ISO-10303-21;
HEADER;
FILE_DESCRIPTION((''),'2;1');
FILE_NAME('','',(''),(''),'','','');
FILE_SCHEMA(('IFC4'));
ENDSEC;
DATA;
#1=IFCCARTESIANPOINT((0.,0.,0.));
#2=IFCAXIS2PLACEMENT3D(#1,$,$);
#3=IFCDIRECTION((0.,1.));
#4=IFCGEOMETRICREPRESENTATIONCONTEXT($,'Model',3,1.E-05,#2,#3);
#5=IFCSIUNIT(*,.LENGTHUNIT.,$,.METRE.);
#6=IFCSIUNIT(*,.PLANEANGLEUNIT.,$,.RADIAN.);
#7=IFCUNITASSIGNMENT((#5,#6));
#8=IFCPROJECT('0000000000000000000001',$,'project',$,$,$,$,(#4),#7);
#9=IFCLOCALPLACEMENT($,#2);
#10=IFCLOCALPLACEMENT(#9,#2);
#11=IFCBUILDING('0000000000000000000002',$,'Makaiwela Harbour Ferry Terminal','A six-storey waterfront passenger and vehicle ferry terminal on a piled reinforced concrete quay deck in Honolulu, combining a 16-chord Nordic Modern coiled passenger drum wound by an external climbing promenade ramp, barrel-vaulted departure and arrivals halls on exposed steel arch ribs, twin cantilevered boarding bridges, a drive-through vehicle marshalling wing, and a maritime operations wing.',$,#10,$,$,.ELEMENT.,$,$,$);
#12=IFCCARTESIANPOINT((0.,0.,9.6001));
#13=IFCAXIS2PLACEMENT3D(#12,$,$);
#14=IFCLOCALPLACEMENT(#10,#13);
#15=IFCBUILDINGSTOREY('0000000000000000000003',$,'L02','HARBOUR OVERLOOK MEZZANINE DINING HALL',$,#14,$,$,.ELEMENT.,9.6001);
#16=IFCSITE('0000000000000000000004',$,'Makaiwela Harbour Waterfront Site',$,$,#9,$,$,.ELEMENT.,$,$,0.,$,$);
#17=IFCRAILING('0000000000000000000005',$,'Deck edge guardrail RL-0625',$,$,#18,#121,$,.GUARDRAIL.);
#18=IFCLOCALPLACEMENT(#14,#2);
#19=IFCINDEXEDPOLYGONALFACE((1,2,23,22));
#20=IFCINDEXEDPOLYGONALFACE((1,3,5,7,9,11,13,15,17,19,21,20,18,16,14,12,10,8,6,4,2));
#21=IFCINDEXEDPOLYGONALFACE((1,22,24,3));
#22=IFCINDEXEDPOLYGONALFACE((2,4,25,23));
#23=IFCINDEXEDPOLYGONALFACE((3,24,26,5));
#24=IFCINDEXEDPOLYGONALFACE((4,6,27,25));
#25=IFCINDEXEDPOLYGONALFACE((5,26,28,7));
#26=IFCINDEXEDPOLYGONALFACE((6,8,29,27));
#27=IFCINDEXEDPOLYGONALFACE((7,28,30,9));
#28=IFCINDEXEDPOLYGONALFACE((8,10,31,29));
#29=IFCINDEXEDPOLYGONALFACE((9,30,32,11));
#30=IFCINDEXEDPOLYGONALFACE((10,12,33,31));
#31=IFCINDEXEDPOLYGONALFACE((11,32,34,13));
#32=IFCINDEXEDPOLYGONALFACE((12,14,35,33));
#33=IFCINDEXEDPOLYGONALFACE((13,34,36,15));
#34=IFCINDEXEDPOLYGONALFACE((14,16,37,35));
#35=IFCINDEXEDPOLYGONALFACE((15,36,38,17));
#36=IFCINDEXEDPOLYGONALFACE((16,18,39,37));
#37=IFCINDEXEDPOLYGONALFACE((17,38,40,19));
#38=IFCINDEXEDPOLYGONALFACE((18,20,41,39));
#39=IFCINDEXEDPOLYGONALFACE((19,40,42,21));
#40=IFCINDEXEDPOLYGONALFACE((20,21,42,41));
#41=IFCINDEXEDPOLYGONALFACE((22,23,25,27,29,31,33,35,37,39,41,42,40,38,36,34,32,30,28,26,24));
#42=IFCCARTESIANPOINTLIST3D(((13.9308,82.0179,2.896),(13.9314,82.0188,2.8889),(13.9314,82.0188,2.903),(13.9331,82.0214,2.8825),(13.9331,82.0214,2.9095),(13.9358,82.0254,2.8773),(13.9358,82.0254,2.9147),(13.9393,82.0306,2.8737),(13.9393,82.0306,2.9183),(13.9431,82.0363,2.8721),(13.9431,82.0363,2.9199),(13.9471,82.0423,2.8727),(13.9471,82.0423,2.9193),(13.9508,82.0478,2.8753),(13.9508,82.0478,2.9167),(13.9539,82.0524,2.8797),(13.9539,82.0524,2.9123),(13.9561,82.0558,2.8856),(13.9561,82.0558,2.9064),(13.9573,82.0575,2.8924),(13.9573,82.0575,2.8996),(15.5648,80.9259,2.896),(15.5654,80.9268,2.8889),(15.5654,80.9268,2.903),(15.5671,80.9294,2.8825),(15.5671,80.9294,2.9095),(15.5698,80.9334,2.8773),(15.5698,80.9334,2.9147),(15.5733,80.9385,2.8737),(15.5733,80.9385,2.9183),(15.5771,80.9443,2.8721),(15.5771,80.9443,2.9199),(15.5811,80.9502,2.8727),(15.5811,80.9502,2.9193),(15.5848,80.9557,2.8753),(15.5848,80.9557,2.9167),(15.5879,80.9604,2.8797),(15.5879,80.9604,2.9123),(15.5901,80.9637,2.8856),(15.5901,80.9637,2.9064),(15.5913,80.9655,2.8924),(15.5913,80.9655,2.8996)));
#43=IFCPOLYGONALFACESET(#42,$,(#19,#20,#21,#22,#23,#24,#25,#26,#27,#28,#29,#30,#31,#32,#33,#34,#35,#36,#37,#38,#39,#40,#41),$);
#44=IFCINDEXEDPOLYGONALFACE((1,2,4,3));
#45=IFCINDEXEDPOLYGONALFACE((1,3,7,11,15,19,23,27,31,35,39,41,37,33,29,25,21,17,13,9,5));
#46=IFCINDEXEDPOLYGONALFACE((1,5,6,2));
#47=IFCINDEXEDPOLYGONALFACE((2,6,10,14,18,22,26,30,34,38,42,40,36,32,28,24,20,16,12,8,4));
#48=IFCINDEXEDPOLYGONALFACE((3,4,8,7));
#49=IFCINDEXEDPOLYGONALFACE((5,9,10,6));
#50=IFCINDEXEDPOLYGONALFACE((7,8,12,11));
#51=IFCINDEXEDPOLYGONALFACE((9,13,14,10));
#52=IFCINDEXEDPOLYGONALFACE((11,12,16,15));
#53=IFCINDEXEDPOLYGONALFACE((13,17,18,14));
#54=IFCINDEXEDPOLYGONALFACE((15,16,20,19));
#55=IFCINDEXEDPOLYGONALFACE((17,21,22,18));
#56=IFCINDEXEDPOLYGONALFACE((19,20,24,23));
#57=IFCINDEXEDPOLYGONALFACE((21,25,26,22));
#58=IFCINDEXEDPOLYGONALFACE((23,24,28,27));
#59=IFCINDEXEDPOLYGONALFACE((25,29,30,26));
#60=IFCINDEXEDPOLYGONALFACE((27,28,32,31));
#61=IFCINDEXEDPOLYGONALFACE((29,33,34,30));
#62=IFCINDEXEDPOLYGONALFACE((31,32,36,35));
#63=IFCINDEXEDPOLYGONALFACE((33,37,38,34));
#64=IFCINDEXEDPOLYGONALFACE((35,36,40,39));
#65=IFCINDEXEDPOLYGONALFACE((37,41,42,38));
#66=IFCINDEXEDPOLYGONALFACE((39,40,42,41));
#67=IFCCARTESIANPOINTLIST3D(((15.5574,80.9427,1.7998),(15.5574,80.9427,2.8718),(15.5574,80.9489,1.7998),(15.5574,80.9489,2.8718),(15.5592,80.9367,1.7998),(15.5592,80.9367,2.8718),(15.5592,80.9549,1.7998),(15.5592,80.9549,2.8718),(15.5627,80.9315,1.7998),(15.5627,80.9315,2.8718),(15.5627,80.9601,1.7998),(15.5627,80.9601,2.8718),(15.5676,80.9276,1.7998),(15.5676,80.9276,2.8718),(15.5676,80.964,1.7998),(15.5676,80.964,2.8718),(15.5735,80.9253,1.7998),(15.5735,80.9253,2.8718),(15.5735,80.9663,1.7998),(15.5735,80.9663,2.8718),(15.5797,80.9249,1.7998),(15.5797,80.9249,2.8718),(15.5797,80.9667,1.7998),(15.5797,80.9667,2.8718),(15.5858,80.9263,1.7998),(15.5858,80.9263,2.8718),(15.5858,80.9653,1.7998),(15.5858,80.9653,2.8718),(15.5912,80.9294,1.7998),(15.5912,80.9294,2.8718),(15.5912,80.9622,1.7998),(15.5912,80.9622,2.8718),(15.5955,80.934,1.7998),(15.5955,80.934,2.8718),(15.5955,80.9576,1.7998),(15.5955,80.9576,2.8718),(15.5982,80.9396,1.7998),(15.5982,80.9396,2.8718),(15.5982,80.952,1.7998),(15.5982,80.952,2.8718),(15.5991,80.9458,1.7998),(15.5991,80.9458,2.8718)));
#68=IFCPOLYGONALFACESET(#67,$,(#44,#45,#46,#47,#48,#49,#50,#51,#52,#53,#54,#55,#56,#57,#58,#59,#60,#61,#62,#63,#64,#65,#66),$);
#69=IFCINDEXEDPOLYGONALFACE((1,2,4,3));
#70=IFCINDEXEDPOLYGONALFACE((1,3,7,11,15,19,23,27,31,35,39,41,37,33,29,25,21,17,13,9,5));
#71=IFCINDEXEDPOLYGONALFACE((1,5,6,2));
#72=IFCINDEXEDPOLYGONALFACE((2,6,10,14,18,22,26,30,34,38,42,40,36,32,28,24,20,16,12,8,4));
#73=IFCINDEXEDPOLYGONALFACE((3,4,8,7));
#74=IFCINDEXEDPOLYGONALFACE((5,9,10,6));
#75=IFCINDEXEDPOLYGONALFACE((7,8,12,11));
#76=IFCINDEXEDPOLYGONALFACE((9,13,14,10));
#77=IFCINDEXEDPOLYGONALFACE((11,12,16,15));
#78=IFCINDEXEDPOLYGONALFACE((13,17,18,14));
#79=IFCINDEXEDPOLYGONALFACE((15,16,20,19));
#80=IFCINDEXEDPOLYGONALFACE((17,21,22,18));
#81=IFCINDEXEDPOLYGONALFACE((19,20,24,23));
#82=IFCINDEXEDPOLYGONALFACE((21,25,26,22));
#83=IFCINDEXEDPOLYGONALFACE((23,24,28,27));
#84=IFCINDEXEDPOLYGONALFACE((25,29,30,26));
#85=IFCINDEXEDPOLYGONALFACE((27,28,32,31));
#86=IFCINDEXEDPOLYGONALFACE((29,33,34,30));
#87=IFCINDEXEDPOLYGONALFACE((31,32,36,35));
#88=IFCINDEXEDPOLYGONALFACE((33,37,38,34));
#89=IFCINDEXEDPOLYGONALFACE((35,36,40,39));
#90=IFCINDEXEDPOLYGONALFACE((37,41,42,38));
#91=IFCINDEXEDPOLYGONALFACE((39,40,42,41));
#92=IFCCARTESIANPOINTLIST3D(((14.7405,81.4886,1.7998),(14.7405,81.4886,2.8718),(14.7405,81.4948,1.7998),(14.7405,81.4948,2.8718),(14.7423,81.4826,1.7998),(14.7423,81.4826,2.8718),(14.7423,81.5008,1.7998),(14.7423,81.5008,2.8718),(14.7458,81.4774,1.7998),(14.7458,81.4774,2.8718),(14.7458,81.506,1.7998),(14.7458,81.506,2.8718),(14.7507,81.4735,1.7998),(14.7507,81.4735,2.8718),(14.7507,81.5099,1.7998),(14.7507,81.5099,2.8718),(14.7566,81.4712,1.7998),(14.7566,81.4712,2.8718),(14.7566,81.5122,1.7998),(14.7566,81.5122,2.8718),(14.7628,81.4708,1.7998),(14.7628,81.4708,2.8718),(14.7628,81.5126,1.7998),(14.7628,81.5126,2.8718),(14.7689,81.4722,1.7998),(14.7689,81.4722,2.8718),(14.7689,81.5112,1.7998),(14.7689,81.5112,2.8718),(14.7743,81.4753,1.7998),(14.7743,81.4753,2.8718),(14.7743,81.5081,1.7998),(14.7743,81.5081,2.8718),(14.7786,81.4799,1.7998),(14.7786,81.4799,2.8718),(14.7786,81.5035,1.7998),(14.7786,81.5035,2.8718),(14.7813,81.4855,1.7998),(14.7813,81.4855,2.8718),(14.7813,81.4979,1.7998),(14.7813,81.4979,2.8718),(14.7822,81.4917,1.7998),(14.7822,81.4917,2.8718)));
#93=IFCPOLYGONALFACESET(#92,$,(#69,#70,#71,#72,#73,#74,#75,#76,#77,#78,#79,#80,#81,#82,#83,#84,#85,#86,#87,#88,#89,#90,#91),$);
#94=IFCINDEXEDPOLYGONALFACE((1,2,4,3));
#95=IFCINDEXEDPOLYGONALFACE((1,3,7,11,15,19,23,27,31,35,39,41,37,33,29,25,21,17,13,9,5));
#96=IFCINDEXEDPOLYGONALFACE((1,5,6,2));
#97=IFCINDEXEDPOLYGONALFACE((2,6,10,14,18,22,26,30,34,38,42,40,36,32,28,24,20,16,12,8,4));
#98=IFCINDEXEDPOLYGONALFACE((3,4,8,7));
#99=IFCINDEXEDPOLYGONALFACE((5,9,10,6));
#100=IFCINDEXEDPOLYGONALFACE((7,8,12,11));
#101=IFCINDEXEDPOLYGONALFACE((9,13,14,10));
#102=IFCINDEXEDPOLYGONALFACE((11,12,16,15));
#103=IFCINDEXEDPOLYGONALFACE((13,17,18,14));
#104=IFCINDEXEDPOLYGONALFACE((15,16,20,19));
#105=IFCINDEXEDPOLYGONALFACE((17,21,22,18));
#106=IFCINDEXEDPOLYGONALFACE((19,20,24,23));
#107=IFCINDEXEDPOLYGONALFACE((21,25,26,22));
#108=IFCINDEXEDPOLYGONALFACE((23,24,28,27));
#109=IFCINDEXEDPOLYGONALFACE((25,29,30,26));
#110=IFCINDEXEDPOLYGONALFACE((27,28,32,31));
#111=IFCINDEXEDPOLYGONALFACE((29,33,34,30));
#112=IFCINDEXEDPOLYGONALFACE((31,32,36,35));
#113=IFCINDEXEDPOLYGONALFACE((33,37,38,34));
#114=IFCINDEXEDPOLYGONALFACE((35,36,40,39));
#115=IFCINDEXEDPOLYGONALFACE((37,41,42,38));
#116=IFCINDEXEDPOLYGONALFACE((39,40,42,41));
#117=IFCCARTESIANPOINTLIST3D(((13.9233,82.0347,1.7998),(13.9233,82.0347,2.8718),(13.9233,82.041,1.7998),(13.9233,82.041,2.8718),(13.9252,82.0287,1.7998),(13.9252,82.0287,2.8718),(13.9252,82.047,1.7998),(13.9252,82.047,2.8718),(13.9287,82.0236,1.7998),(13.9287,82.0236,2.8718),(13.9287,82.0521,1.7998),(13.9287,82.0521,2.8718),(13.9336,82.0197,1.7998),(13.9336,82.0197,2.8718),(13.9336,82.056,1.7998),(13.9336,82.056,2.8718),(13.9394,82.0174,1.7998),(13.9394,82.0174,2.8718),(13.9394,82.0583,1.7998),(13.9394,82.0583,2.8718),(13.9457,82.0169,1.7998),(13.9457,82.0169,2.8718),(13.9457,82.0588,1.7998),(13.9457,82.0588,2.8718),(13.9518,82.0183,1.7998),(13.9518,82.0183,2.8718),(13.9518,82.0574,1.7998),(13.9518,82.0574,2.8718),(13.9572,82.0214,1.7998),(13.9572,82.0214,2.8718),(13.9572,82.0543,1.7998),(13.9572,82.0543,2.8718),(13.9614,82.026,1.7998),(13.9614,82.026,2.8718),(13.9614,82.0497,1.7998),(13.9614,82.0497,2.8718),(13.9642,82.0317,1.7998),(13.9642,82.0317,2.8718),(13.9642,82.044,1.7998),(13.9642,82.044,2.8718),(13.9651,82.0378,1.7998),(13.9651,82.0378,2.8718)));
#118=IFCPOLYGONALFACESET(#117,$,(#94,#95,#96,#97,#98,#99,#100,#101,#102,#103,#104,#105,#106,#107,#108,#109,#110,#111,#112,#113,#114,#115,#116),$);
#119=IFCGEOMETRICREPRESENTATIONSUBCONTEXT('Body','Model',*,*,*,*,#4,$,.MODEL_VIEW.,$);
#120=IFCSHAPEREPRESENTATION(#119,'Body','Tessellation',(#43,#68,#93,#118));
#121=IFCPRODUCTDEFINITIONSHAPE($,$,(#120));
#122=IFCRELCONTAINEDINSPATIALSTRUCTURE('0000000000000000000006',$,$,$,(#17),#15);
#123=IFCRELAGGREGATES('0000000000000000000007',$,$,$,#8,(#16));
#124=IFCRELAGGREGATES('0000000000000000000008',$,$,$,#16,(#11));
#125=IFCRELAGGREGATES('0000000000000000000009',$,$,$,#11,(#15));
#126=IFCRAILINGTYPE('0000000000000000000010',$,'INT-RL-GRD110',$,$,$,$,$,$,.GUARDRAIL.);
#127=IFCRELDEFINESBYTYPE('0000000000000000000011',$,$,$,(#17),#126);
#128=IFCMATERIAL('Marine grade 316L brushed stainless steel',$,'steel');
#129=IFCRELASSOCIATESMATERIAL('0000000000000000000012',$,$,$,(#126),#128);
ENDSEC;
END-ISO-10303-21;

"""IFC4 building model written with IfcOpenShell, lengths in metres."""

from ifc_helpers import new_model, si_unit, direction, frame, origin, origin_2d, place, context, subcontext, project, spatial, circle, extrude, material, type_object, element, save


model = new_model("IFC4")

# Units and contexts
model_context = context("Model", 3, precision=1e-05, world=origin(), true_north=direction((0.0, 1.0)))
body_context = subcontext(model_context, "Body", "Model", "MODEL_VIEW")
ifc_project = project(units=[si_unit("LENGTHUNIT", "METRE"), si_unit("PLANEANGLEUNIT", "RADIAN")], contexts=[model_context])

# Site, building, storey
site_placement = place(None, origin())
site = spatial("IfcSite", under=ifc_project, at=site_placement, Name="Makaiwela Harbour Waterfront Site", CompositionType="ELEMENT", RefElevation=0.0)
building_placement = place(site_placement, origin())
building = spatial("IfcBuilding", under=site, at=building_placement, Name="Makaiwela Harbour Ferry Terminal", Description="A six-storey waterfront passenger and vehicle ferry terminal on a piled reinforced concrete quay deck in Honolulu, combining a 16-chord Nordic Modern coiled passenger drum wound by an external climbing promenade ramp, barrel-vaulted departure and arrivals halls on exposed steel arch ribs, twin cantilevered boarding bridges, a drive-through vehicle marshalling wing, and a maritime operations wing.", CompositionType="ELEMENT")
storey_placement = place(building_placement, frame((0.0, 0.0, 9.6001)))
storey = spatial("IfcBuildingStorey", under=building, at=storey_placement, Name="L02", Description="HARBOUR OVERLOOK MEZZANINE DINING HALL", CompositionType="ELEMENT", Elevation=9.6001)

# Railing
ifc_material_1 = material(Name="Marine grade 316L brushed stainless steel", Category="steel")
railing_type = type_object("IfcRailingType", Name="INT-RL-GRD110", PredefinedType="GUARDRAIL", material=ifc_material_1)
railing_1_placement = place(storey_placement, frame((15.5781, 80.9458, 1.7998)))
element("IfcRailing", 1, at=railing_1_placement, inside=storey, type_object=railing_type, Name="Deck edge guardrail RL-0625", PredefinedType="GUARDRAIL", context=body_context, shape_type="SweptSolid", body=[
    extrude(circle(Radius=0.0239, at=origin_2d()), frame((0.0, 0.0, 1.0962), z_axis=(-0.831419, 0.555646, 0.0), x_axis=(-0.555646, -0.831419, 0.0)), (0.0, 0.0, 1.0), 1.9653),
    extrude(circle(Radius=0.021, at=origin_2d()), origin(), (0.0, 0.0, 1.0), 1.072),
    extrude(circle(Radius=0.021, at=origin_2d()), frame((-0.8169, 0.5459, 0.0)), (0.0, 0.0, 1.0), 1.072),
    extrude(circle(Radius=0.021, at=origin_2d()), frame((-1.634, 1.092, 0.0)), (0.0, 0.0, 1.0), 1.072),
])

save(model, "model.ifc")
